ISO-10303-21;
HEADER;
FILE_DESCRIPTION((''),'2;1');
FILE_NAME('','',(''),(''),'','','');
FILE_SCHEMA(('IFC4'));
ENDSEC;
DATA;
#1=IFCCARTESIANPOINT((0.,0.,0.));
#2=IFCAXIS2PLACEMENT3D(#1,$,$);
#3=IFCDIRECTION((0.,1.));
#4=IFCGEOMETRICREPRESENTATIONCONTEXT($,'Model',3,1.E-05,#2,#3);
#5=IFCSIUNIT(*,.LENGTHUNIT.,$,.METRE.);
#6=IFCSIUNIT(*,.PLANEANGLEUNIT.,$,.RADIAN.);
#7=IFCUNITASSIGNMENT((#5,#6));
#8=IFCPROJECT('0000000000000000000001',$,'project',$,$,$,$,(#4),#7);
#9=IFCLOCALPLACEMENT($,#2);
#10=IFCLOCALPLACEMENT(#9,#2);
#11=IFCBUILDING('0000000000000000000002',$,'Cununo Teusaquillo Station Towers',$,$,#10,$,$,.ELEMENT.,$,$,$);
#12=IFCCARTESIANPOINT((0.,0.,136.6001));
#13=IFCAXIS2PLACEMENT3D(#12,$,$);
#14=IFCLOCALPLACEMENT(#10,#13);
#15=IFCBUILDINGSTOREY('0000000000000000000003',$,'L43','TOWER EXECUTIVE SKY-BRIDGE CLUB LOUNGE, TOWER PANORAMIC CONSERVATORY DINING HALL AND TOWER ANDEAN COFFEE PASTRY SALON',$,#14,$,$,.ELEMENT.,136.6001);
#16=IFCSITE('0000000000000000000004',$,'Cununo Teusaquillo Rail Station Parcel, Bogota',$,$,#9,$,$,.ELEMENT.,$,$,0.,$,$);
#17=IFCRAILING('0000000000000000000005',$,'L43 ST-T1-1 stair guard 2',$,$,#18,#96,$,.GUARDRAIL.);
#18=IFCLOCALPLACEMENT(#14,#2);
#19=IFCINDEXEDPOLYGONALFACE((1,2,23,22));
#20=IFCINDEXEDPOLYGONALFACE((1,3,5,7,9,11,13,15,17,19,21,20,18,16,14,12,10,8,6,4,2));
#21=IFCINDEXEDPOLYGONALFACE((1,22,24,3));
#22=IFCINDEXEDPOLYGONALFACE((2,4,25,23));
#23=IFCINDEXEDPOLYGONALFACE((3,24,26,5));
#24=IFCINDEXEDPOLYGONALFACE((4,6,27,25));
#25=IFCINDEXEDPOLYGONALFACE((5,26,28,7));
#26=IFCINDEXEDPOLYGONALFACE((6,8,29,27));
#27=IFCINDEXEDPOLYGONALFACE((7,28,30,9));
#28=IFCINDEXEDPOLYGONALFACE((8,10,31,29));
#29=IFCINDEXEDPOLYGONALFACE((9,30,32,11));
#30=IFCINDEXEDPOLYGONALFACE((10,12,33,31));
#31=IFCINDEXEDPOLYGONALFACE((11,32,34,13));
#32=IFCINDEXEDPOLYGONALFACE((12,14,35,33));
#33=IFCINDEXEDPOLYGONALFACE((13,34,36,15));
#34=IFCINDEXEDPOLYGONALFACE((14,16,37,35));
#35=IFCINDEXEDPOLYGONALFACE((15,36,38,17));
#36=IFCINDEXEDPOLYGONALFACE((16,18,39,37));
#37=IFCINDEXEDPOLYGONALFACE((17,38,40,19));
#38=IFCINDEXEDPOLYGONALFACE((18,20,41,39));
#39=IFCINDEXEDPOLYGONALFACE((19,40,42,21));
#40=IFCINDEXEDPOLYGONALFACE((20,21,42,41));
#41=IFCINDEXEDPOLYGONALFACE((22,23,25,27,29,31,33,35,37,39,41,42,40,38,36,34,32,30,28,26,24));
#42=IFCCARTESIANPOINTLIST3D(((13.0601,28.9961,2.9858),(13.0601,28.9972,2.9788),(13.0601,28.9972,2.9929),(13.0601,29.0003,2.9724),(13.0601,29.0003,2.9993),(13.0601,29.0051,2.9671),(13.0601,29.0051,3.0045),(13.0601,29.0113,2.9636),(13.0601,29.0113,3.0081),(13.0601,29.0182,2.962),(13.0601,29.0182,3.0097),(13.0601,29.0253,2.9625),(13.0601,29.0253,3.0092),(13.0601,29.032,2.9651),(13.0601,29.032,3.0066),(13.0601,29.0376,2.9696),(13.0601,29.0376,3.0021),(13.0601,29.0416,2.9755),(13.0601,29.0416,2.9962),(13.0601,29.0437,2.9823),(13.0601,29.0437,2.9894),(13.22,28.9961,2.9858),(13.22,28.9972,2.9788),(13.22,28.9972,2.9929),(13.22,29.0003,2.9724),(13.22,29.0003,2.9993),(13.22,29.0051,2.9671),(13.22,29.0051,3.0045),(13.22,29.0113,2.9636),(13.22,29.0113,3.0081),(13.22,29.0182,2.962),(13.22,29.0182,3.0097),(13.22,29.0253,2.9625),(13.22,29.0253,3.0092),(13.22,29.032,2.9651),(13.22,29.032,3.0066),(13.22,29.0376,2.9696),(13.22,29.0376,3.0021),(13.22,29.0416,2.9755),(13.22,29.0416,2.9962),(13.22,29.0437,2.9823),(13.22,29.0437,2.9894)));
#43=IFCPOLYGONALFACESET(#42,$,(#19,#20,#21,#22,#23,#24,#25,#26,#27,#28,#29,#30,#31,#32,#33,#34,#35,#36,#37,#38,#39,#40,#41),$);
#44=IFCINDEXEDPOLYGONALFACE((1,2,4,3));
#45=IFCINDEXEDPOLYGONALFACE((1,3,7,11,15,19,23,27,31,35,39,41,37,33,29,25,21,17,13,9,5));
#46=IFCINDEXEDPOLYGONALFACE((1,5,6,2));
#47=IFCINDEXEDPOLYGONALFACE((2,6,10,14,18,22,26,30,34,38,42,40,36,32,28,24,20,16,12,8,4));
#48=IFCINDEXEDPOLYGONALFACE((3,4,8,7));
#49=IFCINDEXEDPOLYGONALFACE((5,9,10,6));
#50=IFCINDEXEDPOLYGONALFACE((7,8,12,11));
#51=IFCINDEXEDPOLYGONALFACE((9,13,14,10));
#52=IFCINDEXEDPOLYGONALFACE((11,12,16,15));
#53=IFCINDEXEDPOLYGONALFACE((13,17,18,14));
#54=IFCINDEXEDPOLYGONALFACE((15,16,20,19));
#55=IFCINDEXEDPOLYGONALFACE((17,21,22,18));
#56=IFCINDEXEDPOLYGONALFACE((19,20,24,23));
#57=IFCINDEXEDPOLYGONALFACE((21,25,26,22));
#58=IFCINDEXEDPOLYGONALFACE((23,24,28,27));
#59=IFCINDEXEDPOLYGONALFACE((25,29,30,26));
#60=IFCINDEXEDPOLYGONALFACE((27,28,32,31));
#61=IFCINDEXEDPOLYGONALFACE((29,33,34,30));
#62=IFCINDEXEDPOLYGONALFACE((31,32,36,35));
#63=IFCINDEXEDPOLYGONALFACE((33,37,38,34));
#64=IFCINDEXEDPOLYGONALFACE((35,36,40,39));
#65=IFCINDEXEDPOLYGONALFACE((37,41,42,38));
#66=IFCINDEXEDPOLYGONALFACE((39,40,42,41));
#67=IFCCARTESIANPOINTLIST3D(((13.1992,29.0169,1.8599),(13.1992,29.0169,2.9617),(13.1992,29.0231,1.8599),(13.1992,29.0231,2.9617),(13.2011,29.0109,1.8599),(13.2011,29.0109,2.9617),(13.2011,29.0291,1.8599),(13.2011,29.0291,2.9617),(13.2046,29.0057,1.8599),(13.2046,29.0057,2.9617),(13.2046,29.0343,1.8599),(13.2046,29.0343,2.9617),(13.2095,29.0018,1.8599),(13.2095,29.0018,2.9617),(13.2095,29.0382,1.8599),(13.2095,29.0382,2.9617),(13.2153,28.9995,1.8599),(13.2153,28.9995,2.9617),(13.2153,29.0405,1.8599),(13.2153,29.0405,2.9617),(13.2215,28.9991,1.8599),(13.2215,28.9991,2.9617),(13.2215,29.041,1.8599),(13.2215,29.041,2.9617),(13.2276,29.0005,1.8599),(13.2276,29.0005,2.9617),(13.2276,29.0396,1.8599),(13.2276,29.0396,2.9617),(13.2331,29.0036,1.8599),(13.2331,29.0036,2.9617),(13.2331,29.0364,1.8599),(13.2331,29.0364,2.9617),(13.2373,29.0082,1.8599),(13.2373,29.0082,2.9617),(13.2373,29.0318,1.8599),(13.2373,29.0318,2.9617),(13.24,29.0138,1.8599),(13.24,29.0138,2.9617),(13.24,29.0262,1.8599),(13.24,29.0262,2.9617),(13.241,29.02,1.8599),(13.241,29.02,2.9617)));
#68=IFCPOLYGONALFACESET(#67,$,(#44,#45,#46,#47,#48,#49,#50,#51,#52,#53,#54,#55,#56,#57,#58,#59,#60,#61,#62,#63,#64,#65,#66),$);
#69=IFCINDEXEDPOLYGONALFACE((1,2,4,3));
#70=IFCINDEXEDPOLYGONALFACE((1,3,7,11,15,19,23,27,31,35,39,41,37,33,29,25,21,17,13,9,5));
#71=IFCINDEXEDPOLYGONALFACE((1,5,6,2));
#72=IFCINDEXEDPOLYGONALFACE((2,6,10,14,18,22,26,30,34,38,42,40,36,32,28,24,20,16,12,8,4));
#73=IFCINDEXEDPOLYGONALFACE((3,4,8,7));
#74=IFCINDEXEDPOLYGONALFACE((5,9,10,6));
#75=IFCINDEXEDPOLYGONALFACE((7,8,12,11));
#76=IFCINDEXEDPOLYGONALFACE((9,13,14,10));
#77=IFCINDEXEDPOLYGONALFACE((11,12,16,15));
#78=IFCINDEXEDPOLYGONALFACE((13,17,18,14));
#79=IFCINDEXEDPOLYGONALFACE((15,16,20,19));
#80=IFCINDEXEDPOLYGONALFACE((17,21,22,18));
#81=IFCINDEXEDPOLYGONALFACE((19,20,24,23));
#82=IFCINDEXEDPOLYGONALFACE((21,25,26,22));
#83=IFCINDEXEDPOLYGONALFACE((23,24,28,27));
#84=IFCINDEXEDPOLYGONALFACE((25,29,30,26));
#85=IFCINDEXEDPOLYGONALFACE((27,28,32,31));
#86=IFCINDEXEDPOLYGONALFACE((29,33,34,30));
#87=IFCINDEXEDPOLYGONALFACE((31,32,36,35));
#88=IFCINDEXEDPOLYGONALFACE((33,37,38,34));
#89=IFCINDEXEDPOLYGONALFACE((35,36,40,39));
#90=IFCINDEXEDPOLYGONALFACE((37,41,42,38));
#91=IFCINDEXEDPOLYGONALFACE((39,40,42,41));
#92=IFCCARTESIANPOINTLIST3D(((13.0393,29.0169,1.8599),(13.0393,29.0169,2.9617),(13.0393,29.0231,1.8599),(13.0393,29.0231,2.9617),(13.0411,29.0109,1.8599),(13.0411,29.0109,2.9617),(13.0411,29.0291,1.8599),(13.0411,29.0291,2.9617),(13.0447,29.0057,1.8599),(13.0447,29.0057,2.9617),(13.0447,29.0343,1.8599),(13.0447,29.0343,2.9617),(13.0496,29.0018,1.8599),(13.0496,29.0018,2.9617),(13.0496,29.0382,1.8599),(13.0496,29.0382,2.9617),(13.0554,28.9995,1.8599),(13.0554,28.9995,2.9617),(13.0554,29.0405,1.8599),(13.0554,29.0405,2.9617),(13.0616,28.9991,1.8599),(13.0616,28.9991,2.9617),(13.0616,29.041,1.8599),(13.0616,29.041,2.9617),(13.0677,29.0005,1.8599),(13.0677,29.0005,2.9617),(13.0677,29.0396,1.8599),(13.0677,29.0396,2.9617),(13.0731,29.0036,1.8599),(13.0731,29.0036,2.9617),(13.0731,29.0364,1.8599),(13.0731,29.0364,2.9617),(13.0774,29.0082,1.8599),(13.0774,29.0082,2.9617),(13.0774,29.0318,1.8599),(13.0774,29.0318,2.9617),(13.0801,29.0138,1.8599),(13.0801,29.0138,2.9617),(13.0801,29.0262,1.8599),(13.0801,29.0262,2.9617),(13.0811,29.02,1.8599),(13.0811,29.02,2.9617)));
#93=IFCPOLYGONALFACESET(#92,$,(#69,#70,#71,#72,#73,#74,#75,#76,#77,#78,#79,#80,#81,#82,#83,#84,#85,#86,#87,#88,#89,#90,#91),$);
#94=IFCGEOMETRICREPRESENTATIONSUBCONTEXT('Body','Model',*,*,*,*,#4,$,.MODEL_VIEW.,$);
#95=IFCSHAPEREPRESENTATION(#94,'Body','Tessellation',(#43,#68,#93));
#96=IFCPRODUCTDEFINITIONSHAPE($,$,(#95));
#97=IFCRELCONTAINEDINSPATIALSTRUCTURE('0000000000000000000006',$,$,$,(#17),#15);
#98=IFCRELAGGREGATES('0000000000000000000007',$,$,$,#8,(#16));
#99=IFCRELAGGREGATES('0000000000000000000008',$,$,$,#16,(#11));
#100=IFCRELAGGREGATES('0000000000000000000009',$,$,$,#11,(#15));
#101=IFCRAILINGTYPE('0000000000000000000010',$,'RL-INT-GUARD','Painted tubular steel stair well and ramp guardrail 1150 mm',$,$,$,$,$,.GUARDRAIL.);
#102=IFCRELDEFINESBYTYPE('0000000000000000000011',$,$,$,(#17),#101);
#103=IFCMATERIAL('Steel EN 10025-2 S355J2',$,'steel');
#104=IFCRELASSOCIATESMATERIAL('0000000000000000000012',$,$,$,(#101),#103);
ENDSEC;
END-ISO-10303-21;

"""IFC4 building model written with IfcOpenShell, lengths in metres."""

from ifc_helpers import new_model, si_unit, direction, frame, origin, origin_2d, place, context, subcontext, project, spatial, circle, extrude, material, type_object, element, save


model = new_model("IFC4")

# Units and contexts
model_context = context("Model", 3, precision=1e-05, world=origin(), true_north=direction((0.0, 1.0)))
body_context = subcontext(model_context, "Body", "Model", "MODEL_VIEW")
ifc_project = project(units=[si_unit("LENGTHUNIT", "METRE"), si_unit("PLANEANGLEUNIT", "RADIAN")], contexts=[model_context])

# Site, building, storey
site_placement = place(None, origin())
site = spatial("IfcSite", under=ifc_project, at=site_placement, Name="Cununo Teusaquillo Rail Station Parcel, Bogota", CompositionType="ELEMENT", RefElevation=0.0)
building_placement = place(site_placement, origin())
building = spatial("IfcBuilding", under=site, at=building_placement, Name="Cununo Teusaquillo Station Towers", CompositionType="ELEMENT")
storey_placement = place(building_placement, frame((0.0, 0.0, 136.6001)))
storey = spatial("IfcBuildingStorey", under=building, at=storey_placement, Name="L43", Description="TOWER EXECUTIVE SKY-BRIDGE CLUB LOUNGE, TOWER PANORAMIC CONSERVATORY DINING HALL AND TOWER ANDEAN COFFEE PASTRY SALON", CompositionType="ELEMENT", Elevation=136.6001)

# Railing
ifc_material_1 = material(Name="Steel EN 10025-2 S355J2", Category="steel")
railing_type_1 = type_object("IfcRailingType", Name="RL-INT-GUARD", Description="Painted tubular steel stair well and ramp guardrail 1150 mm", PredefinedType="GUARDRAIL", material=ifc_material_1)
railing_1_placement = place(storey_placement, frame((13.22, 29.02, 1.8599)))
element("IfcRailing", 1, at=railing_1_placement, inside=storey, type_object=railing_type_1, Name="L43 ST-T1-1 stair guard 2", PredefinedType="GUARDRAIL", context=body_context, shape_type="SweptSolid", body=[
    extrude(circle(Radius=0.0239, at=origin_2d()), frame((0.0, 0.0, 1.126), z_axis=(-1.0, 0.0, 0.0), x_axis=(0.0, -1.0, 0.0)), (0.0, 0.0, 1.0), 0.1599),
    extrude(circle(Radius=0.021, at=origin_2d()), origin(), (0.0, 0.0, 1.0), 1.1018),
    extrude(circle(Radius=0.021, at=origin_2d()), frame((-0.1599, 0.0, 0.0)), (0.0, 0.0, 1.0), 1.1018),
])

save(model, "model.ifc")
